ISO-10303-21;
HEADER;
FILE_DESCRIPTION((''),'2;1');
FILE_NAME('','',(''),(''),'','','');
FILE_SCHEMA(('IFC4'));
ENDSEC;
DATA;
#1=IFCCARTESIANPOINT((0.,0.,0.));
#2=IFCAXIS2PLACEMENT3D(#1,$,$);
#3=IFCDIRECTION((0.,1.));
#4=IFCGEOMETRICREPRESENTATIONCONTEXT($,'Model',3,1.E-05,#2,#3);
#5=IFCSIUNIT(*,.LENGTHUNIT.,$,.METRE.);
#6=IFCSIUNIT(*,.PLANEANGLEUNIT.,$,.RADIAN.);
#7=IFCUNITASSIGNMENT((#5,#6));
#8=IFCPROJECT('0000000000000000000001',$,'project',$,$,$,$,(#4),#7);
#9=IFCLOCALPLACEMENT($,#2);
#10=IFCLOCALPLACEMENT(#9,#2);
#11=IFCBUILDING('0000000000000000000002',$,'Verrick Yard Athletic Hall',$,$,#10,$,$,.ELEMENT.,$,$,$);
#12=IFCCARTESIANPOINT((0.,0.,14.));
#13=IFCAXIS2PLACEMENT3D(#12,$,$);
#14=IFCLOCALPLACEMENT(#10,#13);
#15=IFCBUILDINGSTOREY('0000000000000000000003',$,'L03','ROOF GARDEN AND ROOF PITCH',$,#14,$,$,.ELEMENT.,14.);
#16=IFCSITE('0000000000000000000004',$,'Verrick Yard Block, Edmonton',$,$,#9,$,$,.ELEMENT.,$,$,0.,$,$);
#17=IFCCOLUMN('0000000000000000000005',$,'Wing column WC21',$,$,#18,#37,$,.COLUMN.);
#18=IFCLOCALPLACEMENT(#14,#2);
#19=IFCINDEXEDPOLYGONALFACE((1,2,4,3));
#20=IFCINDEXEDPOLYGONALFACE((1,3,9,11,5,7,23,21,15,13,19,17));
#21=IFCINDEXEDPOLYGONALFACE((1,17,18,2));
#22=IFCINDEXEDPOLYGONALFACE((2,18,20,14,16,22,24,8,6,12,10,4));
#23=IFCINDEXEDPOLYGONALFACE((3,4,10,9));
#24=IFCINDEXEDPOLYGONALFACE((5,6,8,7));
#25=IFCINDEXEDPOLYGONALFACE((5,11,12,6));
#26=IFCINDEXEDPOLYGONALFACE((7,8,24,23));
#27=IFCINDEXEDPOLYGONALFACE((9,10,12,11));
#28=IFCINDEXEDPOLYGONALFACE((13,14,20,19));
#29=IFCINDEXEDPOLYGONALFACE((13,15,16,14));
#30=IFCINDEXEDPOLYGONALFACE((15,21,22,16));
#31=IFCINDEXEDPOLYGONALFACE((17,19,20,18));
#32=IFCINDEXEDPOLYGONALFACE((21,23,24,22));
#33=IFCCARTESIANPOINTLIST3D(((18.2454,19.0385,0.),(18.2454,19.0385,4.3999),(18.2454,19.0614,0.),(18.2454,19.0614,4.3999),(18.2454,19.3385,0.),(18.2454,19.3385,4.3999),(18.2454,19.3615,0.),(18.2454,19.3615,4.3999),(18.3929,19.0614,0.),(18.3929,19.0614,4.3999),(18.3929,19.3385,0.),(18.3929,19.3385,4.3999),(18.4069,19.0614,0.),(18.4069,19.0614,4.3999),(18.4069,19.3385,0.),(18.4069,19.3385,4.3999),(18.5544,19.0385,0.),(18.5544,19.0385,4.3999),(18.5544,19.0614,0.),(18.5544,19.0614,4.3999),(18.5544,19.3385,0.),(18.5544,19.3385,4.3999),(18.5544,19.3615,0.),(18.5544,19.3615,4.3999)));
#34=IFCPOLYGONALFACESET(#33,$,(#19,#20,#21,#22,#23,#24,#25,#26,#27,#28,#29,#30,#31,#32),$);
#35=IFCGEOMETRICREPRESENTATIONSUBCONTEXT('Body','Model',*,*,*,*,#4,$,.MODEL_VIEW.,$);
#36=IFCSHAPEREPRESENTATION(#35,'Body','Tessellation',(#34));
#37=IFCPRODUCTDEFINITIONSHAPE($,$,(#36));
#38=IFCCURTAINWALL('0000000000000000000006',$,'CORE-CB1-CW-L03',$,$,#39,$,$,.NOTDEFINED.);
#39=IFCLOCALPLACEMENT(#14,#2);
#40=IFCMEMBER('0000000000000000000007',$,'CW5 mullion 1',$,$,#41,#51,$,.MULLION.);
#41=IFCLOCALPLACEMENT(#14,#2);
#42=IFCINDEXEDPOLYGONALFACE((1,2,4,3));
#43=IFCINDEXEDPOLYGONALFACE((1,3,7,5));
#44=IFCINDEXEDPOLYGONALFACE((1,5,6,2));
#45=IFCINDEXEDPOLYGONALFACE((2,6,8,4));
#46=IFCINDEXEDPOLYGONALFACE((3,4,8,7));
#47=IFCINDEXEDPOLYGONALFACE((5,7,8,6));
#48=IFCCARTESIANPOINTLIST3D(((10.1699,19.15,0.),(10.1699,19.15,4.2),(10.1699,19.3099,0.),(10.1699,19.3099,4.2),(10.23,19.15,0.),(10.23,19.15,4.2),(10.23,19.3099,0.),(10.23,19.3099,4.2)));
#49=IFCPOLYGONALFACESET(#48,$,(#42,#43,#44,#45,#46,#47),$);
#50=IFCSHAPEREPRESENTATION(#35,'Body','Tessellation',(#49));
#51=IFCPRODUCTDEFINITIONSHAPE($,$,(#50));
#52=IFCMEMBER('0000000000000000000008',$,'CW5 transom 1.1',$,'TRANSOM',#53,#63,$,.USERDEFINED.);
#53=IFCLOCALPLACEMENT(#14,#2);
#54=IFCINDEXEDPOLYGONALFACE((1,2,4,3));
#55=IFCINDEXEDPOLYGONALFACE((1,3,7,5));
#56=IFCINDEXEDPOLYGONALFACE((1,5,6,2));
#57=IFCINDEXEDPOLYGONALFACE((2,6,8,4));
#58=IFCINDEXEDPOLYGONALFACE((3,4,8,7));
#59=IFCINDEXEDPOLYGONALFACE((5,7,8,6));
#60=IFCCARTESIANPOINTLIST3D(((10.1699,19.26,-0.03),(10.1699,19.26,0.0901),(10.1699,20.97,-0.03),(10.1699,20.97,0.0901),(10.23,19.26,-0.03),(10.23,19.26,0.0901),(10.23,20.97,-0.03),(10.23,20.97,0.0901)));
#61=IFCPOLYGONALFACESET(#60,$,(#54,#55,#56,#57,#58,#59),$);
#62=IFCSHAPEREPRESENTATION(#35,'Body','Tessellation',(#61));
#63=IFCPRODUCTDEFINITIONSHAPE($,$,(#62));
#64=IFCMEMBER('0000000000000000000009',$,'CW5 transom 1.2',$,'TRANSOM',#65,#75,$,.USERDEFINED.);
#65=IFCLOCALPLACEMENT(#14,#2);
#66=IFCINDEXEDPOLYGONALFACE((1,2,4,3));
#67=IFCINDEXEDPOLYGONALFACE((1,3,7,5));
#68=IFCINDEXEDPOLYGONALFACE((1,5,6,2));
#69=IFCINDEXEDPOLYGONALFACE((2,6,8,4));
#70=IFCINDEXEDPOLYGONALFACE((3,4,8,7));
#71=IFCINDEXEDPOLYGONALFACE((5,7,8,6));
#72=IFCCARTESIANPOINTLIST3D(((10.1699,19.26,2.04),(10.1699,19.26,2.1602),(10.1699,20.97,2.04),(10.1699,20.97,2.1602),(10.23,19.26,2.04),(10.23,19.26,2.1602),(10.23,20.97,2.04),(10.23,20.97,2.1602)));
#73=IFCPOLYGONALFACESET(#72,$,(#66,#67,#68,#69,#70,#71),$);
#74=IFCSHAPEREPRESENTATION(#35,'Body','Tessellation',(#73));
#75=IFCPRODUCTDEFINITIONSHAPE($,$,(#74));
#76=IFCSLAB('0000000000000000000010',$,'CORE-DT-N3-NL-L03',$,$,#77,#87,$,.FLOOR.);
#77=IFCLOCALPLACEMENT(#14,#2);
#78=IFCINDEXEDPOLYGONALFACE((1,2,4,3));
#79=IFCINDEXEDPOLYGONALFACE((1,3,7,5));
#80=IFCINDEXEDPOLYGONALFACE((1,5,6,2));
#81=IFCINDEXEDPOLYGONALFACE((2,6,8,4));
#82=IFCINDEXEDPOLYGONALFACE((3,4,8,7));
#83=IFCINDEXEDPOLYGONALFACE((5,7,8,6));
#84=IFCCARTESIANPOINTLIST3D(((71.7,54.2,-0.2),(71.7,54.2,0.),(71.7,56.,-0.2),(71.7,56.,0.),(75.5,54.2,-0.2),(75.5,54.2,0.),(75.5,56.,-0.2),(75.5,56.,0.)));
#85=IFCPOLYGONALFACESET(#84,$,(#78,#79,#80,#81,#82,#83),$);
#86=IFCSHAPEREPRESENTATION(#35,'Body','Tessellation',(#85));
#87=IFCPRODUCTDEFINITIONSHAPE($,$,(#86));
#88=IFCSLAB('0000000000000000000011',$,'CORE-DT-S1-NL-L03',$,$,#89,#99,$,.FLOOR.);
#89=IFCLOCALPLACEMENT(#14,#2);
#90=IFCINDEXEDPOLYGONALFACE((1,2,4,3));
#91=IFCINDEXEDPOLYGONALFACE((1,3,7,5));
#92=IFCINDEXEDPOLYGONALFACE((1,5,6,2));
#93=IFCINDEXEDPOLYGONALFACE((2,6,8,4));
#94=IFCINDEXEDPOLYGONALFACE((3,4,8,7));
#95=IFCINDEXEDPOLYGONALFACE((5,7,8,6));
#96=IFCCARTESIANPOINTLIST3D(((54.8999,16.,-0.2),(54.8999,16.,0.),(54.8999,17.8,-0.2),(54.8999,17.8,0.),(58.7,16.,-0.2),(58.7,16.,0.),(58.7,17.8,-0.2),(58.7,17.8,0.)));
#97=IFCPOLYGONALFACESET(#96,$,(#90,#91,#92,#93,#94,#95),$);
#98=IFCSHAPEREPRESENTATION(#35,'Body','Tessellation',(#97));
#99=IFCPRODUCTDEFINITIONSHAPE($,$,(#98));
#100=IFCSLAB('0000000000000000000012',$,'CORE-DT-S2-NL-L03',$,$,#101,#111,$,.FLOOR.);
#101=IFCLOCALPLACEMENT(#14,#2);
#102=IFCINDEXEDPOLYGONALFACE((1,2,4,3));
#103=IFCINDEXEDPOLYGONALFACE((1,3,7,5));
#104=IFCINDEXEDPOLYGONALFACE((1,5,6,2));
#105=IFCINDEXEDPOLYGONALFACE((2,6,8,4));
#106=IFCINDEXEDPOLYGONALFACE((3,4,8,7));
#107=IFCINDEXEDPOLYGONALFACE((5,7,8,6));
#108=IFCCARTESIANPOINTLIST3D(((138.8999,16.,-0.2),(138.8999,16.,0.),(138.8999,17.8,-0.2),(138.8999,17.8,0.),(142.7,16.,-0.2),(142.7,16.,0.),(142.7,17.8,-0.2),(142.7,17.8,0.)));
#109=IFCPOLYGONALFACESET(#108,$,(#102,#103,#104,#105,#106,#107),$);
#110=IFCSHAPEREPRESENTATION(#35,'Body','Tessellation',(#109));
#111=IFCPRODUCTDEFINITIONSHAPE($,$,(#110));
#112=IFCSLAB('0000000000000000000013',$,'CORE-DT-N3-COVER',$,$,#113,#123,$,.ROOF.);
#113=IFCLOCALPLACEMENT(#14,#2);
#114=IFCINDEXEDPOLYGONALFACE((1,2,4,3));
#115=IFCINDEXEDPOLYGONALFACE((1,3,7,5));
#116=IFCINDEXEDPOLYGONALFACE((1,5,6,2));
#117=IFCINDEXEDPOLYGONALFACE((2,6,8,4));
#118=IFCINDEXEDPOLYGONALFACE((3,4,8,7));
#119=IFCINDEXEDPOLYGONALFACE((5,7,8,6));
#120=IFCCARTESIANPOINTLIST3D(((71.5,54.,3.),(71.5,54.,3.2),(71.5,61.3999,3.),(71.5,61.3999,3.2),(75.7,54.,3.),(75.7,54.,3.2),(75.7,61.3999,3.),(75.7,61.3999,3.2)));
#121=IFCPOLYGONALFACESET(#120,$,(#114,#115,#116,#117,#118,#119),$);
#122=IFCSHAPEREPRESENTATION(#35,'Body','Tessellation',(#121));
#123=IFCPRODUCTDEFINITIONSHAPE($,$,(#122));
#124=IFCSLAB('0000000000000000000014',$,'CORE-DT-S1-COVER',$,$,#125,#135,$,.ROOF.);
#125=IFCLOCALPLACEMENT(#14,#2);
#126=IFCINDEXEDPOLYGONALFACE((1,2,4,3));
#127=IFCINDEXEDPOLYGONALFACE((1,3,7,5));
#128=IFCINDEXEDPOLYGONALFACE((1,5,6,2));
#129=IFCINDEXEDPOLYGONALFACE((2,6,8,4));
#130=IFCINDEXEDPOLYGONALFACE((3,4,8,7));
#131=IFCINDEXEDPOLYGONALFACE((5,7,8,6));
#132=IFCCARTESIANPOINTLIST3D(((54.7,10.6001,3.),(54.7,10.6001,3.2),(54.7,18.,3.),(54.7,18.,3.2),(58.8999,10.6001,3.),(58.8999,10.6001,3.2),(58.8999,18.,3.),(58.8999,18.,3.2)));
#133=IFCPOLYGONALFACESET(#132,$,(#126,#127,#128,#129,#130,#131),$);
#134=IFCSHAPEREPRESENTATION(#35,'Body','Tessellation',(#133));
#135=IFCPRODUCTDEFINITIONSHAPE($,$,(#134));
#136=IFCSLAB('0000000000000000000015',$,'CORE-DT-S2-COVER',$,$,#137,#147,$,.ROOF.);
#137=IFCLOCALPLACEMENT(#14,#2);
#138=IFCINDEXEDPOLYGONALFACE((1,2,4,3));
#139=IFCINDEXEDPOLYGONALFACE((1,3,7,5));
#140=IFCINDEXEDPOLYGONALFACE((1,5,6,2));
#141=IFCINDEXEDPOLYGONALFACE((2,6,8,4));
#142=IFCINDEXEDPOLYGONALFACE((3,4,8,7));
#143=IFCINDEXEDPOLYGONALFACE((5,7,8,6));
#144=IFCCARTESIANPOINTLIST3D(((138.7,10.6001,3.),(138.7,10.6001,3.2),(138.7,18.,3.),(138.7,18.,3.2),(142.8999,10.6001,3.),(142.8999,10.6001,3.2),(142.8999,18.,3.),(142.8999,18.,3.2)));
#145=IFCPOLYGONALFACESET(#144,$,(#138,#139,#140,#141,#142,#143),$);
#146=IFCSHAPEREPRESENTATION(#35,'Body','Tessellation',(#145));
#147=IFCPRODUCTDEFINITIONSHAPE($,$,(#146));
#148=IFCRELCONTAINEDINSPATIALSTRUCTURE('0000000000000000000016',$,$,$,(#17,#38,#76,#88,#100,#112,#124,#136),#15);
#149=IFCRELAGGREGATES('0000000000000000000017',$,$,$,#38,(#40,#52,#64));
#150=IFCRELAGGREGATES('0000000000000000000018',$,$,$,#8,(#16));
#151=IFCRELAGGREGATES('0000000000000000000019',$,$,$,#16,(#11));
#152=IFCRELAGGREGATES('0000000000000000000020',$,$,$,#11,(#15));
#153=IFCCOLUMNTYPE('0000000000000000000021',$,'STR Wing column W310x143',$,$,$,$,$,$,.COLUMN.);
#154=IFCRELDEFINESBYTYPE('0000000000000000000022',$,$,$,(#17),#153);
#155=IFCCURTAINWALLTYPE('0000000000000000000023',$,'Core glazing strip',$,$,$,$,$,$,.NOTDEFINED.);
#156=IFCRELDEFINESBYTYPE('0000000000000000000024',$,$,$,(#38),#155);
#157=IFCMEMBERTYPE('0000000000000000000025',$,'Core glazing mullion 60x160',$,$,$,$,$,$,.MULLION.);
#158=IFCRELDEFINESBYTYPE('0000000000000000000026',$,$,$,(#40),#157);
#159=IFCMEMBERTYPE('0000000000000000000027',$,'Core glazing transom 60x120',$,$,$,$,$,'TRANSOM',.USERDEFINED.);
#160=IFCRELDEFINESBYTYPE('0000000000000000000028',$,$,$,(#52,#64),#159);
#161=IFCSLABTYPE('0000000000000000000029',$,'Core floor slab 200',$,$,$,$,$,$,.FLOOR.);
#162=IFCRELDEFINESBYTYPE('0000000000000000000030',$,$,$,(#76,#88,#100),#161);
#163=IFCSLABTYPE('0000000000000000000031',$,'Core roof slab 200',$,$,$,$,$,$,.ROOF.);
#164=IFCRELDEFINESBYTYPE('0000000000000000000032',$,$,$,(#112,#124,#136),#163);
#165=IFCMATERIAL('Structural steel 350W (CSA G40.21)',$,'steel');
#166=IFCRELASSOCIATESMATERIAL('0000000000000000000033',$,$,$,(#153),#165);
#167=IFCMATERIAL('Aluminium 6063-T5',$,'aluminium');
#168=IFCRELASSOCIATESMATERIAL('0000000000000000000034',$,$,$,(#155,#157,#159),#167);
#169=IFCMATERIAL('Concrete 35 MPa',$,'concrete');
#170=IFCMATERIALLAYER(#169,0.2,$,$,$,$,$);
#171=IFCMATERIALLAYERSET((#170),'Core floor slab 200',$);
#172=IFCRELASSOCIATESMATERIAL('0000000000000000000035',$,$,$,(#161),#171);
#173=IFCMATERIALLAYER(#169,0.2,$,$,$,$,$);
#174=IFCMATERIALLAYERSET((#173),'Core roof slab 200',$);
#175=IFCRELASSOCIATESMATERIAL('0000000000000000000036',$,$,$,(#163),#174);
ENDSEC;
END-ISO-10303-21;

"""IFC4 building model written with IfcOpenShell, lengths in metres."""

from ifc_helpers import new_model, si_unit, direction, frame, origin, origin_2d, place, context, subcontext, project, spatial, polyline, rectangle, i_section, outline, extrude, material, layer, layer_set, material_profile, profile_set, type_object, element, aggregate, save


model = new_model("IFC4")

# Units and contexts
model_context = context("Model", 3, precision=1e-05, world=origin(), true_north=direction((0.0, 1.0)))
body_context = subcontext(model_context, "Body", "Model", "MODEL_VIEW")
ifc_project = project(units=[si_unit("LENGTHUNIT", "METRE"), si_unit("PLANEANGLEUNIT", "RADIAN")], contexts=[model_context])

# Site, building, storey
site_placement = place(None, origin())
site = spatial("IfcSite", under=ifc_project, at=site_placement, Name="Verrick Yard Block, Edmonton", CompositionType="ELEMENT", RefElevation=0.0)
building_placement = place(site_placement, origin())
building = spatial("IfcBuilding", under=site, at=building_placement, Name="Verrick Yard Athletic Hall", CompositionType="ELEMENT")
storey_placement = place(building_placement, frame((0.0, 0.0, 14.0)))
storey = spatial("IfcBuildingStorey", under=building, at=storey_placement, Name="L03", Description="ROOF GARDEN AND ROOF PITCH", CompositionType="ELEMENT", Elevation=14.0)

# Column
ifc_material_1 = material(Name="Structural steel 350W (CSA G40.21)", Category="steel")
ifc_material_profile_1 = material_profile(ifc_material_1, i_section(OverallWidth=0.3091, OverallDepth=0.323, WebThickness=0.0139, FlangeThickness=0.0229, at=origin_2d()), Name="W310x143")
ifc_profile_set_1 = profile_set([ifc_material_profile_1], Name="Structural steel 350W (CSA G40.21)")
column_type = type_object("IfcColumnType", Name="STR Wing column W310x143", PredefinedType="COLUMN", material=ifc_profile_set_1)
column_placement = place(storey_placement, frame((18.3999, 19.2, 0.0), z_axis=(0.0, 0.0, 1.0), x_axis=(1.0, 0.0, 0.0)))
element("IfcColumn", 1, at=column_placement, inside=storey, type_object=column_type, Name="Wing column WC21", PredefinedType="COLUMN", context=body_context, shape_type="SweptSolid", body=[
    extrude(i_section(OverallWidth=0.3091, OverallDepth=0.323, WebThickness=0.0139, FlangeThickness=0.0229, at=origin_2d()), origin(), (0.0, 0.0, 1.0), 4.3999),
])

# Curtain wall, members
ifc_material_2 = material(Name="Aluminium 6063-T5", Category="aluminium")
curtain_wall_type = type_object("IfcCurtainWallType", Name="Core glazing strip", PredefinedType="NOTDEFINED", material=ifc_material_2)
curtain_wall_placement = place(storey_placement, origin())
curtain_wall = element("IfcCurtainWall", 2, at=curtain_wall_placement, inside=storey, type_object=curtain_wall_type, Name="CORE-CB1-CW-L03", PredefinedType="NOTDEFINED")
ifc_material_profile_2 = material_profile(ifc_material_2, rectangle(XDim=0.0601, YDim=0.1599, at=origin_2d()), Name="Core glazing mullion 60x160")
ifc_profile_set_2 = profile_set([ifc_material_profile_2], Name="Aluminium 6063-T5")
member_type_1 = type_object("IfcMemberType", Name="Core glazing mullion 60x160", PredefinedType="MULLION", material=ifc_profile_set_2)
member_1_placement = place(storey_placement, frame((10.2, 19.23, 0.0), z_axis=(0.0, 0.0, 1.0), x_axis=(-1.0, 0.0, 0.0)))
member_1 = element("IfcMember", 3, at=member_1_placement, type_object=member_type_1, Name="CW5 mullion 1", PredefinedType="MULLION", context=body_context, shape_type="SweptSolid", body=[
    extrude(rectangle(XDim=0.0601, YDim=0.1599, at=origin_2d()), origin(), (0.0, 0.0, 1.0), 4.2),
])
ifc_material_profile_3 = material_profile(ifc_material_2, rectangle(XDim=0.0601, YDim=0.1201, at=origin_2d()), Name="Core glazing transom 60x120")
ifc_profile_set_3 = profile_set([ifc_material_profile_3], Name="Aluminium 6063-T5")
member_type_2 = type_object("IfcMemberType", Name="Core glazing transom 60x120", ElementType="TRANSOM", PredefinedType="USERDEFINED", material=ifc_profile_set_3)
member_2_placement = place(storey_placement, frame((10.2, 19.26, 0.03), z_axis=(0.0, 1.0, 0.0), x_axis=(-1.0, 0.0, 0.0)))
member_2 = element("IfcMember", 4, at=member_2_placement, type_object=member_type_2, Name="CW5 transom 1.1", ObjectType="TRANSOM", PredefinedType="USERDEFINED", context=body_context, shape_type="SweptSolid", body=[
    extrude(rectangle(XDim=0.0601, YDim=0.1201, at=origin_2d()), origin(), (0.0, 0.0, 1.0), 1.71),
])
member_3_placement = place(storey_placement, frame((10.2, 19.26, 2.1001), z_axis=(0.0, 1.0, 0.0), x_axis=(-1.0, 0.0, 0.0)))
member_3 = element("IfcMember", 5, at=member_3_placement, type_object=member_type_2, Name="CW5 transom 1.2", ObjectType="TRANSOM", PredefinedType="USERDEFINED", context=body_context, shape_type="SweptSolid", body=[
    extrude(rectangle(XDim=0.0601, YDim=0.1201, at=origin_2d()), origin(), (0.0, 0.0, 1.0), 1.71),
])
aggregate(curtain_wall, [member_1, member_2, member_3])

# Slabs
ifc_material_3 = material(Name="Concrete 35 MPa", Category="concrete")
ifc_layer_1 = layer(ifc_material_3, 0.2)
ifc_layer_set_1 = layer_set([ifc_layer_1], Name="Core floor slab 200")
slab_type_1 = type_object("IfcSlabType", Name="Core floor slab 200", PredefinedType="FLOOR", material=ifc_layer_set_1)
slab_1_placement = place(storey_placement, frame((0.0, 0.0, -0.2)))
element("IfcSlab", 6, at=slab_1_placement, inside=storey, type_object=slab_type_1, Name="CORE-DT-N3-NL-L03", PredefinedType="FLOOR", context=body_context, shape_type="SweptSolid", body=[
    extrude(outline(polyline([(75.5, 54.2), (75.5, 56.0), (71.7, 56.0), (71.7, 54.2), (75.5, 54.2)])), origin(), (0.0, 0.0, 1.0), 0.2),
])
slab_2_placement = place(storey_placement, frame((0.0, 0.0, -0.2)))
element("IfcSlab", 7, at=slab_2_placement, inside=storey, type_object=slab_type_1, Name="CORE-DT-S1-NL-L03", PredefinedType="FLOOR", context=body_context, shape_type="SweptSolid", body=[
    extrude(outline(polyline([(54.8999, 17.8), (54.8999, 16.0), (58.7, 16.0), (58.7, 17.8), (54.8999, 17.8)])), origin(), (0.0, 0.0, 1.0), 0.2),
])
slab_3_placement = place(storey_placement, frame((0.0, 0.0, -0.2)))
element("IfcSlab", 8, at=slab_3_placement, inside=storey, type_object=slab_type_1, Name="CORE-DT-S2-NL-L03", PredefinedType="FLOOR", context=body_context, shape_type="SweptSolid", body=[
    extrude(outline(polyline([(138.8999, 17.8), (138.8999, 16.0), (142.7, 16.0), (142.7, 17.8), (138.8999, 17.8)])), origin(), (0.0, 0.0, 1.0), 0.2),
])
ifc_layer_2 = layer(ifc_material_3, 0.2)
ifc_layer_set_2 = layer_set([ifc_layer_2], Name="Core roof slab 200")
slab_type_2 = type_object("IfcSlabType", Name="Core roof slab 200", PredefinedType="ROOF", material=ifc_layer_set_2)
slab_4_placement = place(storey_placement, frame((0.0, 0.0, 3.0)))
element("IfcSlab", 9, at=slab_4_placement, inside=storey, type_object=slab_type_2, Name="CORE-DT-N3-COVER", PredefinedType="ROOF", context=body_context, shape_type="SweptSolid", body=[
    extrude(outline(polyline([(71.5, 54.0), (75.7, 54.0), (75.7, 61.3999), (71.5, 61.3999), (71.5, 54.0)])), origin(), (0.0, 0.0, 1.0), 0.2),
])
slab_5_placement = place(storey_placement, frame((0.0, 0.0, 3.0)))
element("IfcSlab", 10, at=slab_5_placement, inside=storey, type_object=slab_type_2, Name="CORE-DT-S1-COVER", PredefinedType="ROOF", context=body_context, shape_type="SweptSolid", body=[
    extrude(outline(polyline([(54.7, 10.6001), (58.8999, 10.6001), (58.8999, 18.0), (54.7, 18.0), (54.7, 10.6001)])), origin(), (0.0, 0.0, 1.0), 0.2),
])
slab_6_placement = place(storey_placement, frame((0.0, 0.0, 3.0)))
element("IfcSlab", 11, at=slab_6_placement, inside=storey, type_object=slab_type_2, Name="CORE-DT-S2-COVER", PredefinedType="ROOF", context=body_context, shape_type="SweptSolid", body=[
    extrude(outline(polyline([(138.7, 10.6001), (142.8999, 10.6001), (142.8999, 18.0), (138.7, 18.0), (138.7, 10.6001)])), origin(), (0.0, 0.0, 1.0), 0.2),
])

save(model, "model.ifc")
